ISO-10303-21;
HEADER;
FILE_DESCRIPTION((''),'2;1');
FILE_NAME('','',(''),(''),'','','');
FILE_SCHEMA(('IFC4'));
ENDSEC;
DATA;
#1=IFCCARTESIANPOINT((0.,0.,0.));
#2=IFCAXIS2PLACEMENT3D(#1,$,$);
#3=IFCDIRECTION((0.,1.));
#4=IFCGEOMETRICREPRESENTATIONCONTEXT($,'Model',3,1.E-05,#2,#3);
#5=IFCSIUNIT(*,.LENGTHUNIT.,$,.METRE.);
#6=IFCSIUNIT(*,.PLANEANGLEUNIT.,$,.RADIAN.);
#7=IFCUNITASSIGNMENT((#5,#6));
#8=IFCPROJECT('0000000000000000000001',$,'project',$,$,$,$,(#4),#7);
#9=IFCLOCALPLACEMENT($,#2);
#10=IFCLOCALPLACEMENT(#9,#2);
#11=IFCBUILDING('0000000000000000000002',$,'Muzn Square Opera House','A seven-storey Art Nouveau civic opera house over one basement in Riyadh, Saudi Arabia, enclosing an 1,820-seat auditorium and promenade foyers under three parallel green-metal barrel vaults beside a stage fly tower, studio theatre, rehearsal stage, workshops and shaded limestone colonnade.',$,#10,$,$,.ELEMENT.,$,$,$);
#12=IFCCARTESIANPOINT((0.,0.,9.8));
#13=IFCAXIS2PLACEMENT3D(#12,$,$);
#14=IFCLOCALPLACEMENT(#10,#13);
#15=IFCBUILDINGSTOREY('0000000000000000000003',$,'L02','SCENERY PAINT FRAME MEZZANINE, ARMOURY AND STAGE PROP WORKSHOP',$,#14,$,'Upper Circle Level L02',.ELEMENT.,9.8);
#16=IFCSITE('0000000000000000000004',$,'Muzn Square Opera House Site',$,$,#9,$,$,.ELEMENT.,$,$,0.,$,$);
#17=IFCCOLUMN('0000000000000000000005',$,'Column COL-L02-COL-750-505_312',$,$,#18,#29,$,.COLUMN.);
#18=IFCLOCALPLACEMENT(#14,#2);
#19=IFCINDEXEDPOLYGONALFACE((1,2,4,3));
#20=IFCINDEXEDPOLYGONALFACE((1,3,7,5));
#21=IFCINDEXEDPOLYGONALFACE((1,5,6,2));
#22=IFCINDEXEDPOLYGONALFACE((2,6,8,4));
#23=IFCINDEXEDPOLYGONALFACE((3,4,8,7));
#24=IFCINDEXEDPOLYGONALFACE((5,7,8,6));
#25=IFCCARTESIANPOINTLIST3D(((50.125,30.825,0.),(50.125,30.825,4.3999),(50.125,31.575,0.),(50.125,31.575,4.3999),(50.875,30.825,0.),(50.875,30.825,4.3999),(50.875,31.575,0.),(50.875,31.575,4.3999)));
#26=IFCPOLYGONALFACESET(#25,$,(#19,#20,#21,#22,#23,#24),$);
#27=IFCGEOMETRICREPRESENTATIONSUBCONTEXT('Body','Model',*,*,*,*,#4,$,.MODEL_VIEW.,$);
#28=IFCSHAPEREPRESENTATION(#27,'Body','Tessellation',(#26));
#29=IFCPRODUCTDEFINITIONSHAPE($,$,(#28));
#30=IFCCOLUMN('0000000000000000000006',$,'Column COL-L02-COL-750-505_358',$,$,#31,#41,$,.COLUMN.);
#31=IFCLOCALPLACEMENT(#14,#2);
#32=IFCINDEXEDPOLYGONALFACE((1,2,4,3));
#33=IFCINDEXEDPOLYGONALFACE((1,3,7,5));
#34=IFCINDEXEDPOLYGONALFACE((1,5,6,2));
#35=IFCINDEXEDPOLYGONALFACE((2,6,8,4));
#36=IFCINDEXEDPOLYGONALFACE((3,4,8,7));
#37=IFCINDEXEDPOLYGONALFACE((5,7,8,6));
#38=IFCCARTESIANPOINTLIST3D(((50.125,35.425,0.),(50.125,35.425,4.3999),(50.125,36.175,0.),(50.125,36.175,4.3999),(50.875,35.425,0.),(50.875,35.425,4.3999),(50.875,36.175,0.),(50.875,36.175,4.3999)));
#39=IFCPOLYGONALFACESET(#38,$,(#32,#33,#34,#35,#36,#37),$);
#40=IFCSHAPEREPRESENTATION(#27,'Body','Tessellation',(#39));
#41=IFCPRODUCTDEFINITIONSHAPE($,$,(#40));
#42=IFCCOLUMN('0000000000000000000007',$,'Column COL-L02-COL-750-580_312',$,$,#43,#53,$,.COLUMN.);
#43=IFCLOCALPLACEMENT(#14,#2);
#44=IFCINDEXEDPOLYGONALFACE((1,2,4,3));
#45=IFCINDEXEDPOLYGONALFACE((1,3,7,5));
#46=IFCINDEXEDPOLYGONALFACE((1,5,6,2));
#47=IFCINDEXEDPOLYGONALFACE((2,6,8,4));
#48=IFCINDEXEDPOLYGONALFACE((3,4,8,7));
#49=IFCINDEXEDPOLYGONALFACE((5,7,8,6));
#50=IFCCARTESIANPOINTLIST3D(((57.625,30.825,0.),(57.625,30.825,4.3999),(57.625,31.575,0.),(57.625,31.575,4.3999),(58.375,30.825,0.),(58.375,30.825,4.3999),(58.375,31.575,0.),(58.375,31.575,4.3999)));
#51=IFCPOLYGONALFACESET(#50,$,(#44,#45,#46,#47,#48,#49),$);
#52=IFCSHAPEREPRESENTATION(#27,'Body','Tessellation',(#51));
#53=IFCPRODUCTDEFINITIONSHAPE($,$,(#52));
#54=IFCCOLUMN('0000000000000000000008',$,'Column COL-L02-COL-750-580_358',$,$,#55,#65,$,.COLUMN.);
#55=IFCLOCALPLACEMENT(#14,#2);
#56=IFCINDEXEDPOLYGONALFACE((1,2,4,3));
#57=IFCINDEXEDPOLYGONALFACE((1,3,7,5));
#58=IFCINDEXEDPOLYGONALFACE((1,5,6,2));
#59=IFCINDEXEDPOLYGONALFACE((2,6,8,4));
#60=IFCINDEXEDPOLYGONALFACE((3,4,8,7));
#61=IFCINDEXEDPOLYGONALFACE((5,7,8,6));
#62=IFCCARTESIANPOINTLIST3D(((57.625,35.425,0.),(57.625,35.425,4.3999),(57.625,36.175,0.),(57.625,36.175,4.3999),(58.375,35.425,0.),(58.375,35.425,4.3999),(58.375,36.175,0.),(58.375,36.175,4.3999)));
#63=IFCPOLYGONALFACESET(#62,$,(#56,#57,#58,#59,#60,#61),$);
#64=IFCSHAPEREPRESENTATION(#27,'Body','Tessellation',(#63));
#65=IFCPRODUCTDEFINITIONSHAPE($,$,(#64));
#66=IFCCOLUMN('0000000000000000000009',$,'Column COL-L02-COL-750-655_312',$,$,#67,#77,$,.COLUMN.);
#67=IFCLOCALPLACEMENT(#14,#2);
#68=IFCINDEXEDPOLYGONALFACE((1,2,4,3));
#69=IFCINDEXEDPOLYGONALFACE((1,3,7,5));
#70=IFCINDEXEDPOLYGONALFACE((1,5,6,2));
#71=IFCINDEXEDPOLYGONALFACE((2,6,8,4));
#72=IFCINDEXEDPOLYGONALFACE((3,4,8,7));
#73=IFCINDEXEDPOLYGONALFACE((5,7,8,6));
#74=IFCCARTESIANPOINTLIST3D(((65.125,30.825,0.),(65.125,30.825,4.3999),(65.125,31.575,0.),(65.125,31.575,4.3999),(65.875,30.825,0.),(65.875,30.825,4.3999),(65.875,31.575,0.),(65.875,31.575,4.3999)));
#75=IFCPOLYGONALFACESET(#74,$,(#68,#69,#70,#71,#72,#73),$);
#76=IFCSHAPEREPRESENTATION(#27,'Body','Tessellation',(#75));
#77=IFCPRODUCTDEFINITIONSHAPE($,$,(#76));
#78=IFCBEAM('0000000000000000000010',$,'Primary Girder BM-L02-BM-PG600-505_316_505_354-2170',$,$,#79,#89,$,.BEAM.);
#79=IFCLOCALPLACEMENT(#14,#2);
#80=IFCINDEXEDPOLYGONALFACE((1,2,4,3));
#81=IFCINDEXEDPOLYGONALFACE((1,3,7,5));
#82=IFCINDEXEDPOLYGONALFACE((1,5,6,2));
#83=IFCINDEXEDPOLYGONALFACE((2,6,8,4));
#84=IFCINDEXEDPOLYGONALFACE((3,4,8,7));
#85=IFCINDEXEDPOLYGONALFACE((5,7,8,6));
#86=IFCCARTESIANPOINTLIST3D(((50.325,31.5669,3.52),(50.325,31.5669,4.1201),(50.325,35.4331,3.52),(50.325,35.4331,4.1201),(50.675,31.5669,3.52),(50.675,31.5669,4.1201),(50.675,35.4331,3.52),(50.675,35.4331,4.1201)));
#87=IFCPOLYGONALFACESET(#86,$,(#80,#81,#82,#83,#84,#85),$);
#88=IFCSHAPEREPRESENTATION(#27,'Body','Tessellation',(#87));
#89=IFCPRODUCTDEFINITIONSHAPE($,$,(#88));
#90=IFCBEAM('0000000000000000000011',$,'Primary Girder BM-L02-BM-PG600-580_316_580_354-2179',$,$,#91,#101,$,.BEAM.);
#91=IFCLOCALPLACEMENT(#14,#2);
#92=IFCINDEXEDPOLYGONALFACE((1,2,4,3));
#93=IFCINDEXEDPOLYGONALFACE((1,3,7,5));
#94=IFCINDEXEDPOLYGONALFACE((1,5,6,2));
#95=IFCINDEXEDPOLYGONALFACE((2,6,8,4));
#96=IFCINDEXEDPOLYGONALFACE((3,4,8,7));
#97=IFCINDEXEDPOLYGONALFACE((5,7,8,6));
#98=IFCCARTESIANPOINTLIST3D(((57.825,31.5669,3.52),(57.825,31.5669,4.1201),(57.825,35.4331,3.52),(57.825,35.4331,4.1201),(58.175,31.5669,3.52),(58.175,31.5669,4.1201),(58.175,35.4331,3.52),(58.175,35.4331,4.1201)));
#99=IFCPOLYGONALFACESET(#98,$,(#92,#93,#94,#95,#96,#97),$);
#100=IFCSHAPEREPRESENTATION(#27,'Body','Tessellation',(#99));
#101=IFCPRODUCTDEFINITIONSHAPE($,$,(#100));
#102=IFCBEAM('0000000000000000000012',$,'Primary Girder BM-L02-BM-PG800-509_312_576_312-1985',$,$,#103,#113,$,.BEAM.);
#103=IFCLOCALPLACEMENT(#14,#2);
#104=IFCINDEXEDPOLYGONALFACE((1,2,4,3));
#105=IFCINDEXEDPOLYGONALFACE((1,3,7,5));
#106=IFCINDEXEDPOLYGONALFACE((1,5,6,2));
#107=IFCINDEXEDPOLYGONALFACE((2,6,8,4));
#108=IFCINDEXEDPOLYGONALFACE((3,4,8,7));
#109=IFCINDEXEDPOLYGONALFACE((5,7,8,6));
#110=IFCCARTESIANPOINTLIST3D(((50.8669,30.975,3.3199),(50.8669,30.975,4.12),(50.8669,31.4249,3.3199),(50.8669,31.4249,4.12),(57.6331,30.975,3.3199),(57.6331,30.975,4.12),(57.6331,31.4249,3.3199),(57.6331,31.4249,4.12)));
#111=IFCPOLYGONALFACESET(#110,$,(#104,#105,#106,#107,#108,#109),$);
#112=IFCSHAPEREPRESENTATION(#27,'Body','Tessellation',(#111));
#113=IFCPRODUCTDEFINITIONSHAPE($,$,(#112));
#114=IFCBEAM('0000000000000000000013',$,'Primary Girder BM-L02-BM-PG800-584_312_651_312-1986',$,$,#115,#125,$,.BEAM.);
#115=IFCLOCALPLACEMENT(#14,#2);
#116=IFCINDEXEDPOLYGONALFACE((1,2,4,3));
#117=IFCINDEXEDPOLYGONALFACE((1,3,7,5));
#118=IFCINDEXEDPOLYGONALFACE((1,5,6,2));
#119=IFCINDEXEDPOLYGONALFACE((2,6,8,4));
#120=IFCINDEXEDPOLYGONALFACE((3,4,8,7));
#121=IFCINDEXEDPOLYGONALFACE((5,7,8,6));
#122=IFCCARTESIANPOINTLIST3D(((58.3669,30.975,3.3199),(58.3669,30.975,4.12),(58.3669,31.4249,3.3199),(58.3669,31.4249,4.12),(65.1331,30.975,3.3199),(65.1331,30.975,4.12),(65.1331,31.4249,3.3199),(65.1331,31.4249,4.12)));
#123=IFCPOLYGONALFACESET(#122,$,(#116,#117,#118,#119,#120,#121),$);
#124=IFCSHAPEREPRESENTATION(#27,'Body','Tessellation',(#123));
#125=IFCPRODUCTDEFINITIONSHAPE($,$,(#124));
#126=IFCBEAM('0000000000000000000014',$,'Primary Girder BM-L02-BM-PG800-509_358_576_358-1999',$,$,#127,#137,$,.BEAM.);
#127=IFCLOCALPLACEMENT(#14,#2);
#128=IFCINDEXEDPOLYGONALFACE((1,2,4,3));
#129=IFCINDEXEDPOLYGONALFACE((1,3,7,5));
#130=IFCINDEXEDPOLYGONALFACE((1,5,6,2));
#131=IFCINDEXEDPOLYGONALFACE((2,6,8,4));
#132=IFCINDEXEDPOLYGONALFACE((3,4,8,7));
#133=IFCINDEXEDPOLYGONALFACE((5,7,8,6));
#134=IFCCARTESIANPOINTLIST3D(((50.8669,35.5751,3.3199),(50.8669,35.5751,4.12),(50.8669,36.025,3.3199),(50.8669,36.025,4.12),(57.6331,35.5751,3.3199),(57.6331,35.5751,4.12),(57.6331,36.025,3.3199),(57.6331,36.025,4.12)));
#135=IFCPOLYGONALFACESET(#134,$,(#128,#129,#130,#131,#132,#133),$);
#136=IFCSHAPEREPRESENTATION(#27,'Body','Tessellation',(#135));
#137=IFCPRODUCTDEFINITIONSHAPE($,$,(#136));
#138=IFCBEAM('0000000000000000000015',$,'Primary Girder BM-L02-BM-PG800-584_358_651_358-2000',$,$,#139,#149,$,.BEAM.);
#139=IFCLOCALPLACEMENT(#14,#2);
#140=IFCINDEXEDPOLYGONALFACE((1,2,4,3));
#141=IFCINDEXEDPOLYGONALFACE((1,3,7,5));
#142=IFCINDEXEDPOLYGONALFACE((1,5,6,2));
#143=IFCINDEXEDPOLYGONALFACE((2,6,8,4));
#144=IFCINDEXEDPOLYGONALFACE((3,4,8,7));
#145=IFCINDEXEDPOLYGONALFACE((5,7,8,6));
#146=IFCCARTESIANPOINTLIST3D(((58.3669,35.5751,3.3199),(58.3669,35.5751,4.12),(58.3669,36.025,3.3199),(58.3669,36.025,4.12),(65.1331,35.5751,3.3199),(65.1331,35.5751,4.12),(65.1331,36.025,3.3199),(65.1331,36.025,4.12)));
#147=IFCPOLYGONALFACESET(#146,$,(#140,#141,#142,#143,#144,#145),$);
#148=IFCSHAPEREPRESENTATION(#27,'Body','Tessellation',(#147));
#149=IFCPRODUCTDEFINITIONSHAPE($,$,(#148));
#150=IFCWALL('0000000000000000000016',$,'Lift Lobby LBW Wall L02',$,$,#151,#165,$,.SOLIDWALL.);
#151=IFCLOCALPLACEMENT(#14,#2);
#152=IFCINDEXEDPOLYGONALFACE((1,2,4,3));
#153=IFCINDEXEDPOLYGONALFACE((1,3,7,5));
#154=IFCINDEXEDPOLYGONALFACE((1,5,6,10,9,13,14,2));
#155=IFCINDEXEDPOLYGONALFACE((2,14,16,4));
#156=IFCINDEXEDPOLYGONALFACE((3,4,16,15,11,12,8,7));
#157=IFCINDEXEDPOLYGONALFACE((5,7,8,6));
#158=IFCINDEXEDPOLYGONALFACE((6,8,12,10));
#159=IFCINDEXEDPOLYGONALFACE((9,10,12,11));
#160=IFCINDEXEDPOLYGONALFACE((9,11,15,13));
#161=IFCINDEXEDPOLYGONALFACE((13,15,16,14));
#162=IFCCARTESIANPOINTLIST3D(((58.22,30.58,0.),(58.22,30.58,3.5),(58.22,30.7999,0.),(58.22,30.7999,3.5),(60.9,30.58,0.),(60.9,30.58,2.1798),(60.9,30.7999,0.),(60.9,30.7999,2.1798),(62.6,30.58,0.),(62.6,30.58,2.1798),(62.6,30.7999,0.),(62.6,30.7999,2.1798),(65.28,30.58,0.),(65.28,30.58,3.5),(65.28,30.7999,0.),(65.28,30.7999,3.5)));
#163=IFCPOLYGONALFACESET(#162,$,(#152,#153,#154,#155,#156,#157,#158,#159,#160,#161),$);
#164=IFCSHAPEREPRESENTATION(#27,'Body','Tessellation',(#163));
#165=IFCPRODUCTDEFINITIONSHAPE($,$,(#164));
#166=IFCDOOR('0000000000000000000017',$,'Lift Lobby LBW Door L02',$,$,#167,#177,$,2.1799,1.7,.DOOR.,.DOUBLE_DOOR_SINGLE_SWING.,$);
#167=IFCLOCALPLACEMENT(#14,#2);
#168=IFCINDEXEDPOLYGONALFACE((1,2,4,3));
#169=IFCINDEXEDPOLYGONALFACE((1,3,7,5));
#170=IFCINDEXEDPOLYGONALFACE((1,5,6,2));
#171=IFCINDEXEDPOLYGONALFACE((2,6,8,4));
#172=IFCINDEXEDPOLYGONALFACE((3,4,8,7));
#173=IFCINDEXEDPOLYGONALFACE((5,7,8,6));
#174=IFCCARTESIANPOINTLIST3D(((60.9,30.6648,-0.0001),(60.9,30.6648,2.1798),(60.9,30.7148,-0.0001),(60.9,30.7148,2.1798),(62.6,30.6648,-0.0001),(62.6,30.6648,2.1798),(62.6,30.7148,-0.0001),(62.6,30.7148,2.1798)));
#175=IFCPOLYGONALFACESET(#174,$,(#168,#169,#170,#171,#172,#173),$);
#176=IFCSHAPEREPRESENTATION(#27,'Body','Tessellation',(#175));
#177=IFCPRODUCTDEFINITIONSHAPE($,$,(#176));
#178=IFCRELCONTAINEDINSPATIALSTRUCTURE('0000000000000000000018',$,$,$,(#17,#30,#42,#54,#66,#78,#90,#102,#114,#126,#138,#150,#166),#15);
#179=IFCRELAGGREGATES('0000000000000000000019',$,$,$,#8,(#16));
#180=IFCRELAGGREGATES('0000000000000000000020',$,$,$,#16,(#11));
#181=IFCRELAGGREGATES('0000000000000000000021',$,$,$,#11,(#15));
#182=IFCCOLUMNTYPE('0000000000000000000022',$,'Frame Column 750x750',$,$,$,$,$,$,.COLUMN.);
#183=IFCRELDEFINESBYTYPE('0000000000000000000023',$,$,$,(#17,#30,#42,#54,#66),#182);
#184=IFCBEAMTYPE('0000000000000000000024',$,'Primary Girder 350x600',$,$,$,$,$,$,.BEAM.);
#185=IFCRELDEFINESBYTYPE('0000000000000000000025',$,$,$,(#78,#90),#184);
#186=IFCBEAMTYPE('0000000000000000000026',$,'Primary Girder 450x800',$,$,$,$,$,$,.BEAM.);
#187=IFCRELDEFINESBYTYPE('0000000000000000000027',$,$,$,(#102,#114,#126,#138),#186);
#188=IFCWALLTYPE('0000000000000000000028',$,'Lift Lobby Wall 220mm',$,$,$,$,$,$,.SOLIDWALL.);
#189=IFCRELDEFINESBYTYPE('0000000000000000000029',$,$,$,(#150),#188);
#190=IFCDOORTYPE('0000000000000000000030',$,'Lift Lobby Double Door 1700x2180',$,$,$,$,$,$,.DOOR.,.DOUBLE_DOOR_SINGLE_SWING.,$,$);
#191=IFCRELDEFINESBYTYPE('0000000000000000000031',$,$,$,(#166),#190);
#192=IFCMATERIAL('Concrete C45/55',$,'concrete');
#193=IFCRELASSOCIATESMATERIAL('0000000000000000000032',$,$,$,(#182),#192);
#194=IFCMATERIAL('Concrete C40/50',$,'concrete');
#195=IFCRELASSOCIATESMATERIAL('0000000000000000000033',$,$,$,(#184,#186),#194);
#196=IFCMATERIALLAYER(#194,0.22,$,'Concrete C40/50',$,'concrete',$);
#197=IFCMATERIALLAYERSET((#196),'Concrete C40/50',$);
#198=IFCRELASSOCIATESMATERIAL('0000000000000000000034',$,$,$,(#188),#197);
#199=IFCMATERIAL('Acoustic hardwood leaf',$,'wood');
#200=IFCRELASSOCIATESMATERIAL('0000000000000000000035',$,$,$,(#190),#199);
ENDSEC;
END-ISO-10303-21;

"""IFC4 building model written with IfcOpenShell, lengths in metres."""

from ifc_helpers import new_model, si_unit, direction, frame, frame_2d, origin, origin_2d, place, context, subcontext, project, spatial, rectangle, extrude, material, layer, layer_set, material_profile, profile_set, type_object, element, fill, save


model = new_model("IFC4")

# Units and contexts
model_context = context("Model", 3, precision=1e-05, world=origin(), true_north=direction((0.0, 1.0)))
body_context = subcontext(model_context, "Body", "Model", "MODEL_VIEW")
ifc_project = project(units=[si_unit("LENGTHUNIT", "METRE"), si_unit("PLANEANGLEUNIT", "RADIAN")], contexts=[model_context])

# Site, building, storey
site_placement = place(None, origin())
site = spatial("IfcSite", under=ifc_project, at=site_placement, Name="Muzn Square Opera House Site", CompositionType="ELEMENT", RefElevation=0.0)
building_placement = place(site_placement, origin())
building = spatial("IfcBuilding", under=site, at=building_placement, Name="Muzn Square Opera House", Description="A seven-storey Art Nouveau civic opera house over one basement in Riyadh, Saudi Arabia, enclosing an 1,820-seat auditorium and promenade foyers under three parallel green-metal barrel vaults beside a stage fly tower, studio theatre, rehearsal stage, workshops and shaded limestone colonnade.", CompositionType="ELEMENT")
storey_placement = place(building_placement, frame((0.0, 0.0, 9.8)))
storey = spatial("IfcBuildingStorey", under=building, at=storey_placement, Name="L02", Description="SCENERY PAINT FRAME MEZZANINE, ARMOURY AND STAGE PROP WORKSHOP", LongName="Upper Circle Level L02", CompositionType="ELEMENT", Elevation=9.8)

# Columns
ifc_material_1 = material(Name="Concrete C45/55", Category="concrete")
ifc_material_profile_1 = material_profile(ifc_material_1, rectangle(XDim=0.75, YDim=0.75, at=origin_2d()), Name="RC 750x750", Category="concrete")
ifc_profile_set_1 = profile_set([ifc_material_profile_1], Name="Concrete C45/55")
column_type = type_object("IfcColumnType", Name="Frame Column 750x750", PredefinedType="COLUMN", material=ifc_profile_set_1)
for number, where, z_axis, x_axis, name in (
    (1, (50.5, 31.2, 0.0), (0.0, 0.0, 1.0), (1.0, 0.0, 0.0), "Column COL-L02-COL-750-505_312"),
    (2, (50.5, 35.8, 0.0), (0.0, 0.0, 1.0), (1.0, 0.0, 0.0), "Column COL-L02-COL-750-505_358"),
    (3, (58.0, 31.2, 0.0), (0.0, 0.0, 1.0), (1.0, 0.0, 0.0), "Column COL-L02-COL-750-580_312"),
    (4, (58.0, 35.8, 0.0), (0.0, 0.0, 1.0), (1.0, 0.0, 0.0), "Column COL-L02-COL-750-580_358"),
    (5, (65.5, 31.2, 0.0), (0.0, 0.0, 1.0), (1.0, 0.0, 0.0), "Column COL-L02-COL-750-655_312"),
):
    element("IfcColumn", number, at=place(storey_placement, frame(where, z_axis=z_axis, x_axis=x_axis)), inside=storey, type_object=column_type, Name=name, PredefinedType="COLUMN", context=body_context, shape_type="SweptSolid", body=[
        extrude(rectangle(XDim=0.75, YDim=0.75, at=origin_2d()), origin(), (0.0, 0.0, 1.0), 4.3999),
    ])

# Beams
ifc_material_2 = material(Name="Concrete C40/50", Category="concrete")
ifc_material_profile_2 = material_profile(ifc_material_2, rectangle(XDim=0.3501, YDim=0.6001, at=origin_2d()), Name="RCB 350x600", Category="concrete")
ifc_profile_set_2 = profile_set([ifc_material_profile_2], Name="Concrete C40/50")
beam_type_1 = type_object("IfcBeamType", Name="Primary Girder 350x600", PredefinedType="BEAM", material=ifc_profile_set_2)
for number, where, z_axis, x_axis, name in (
    (6, (50.5, 31.5669, 3.8201), (0.0, 1.0, 0.0), (-1.0, 0.0, 0.0), "Primary Girder BM-L02-BM-PG600-505_316_505_354-2170"),
    (7, (58.0, 31.5669, 3.8201), (0.0, 1.0, 0.0), (-1.0, 0.0, 0.0), "Primary Girder BM-L02-BM-PG600-580_316_580_354-2179"),
):
    element("IfcBeam", number, at=place(storey_placement, frame(where, z_axis=z_axis, x_axis=x_axis)), inside=storey, type_object=beam_type_1, Name=name, PredefinedType="BEAM", context=body_context, shape_type="SweptSolid", body=[
        extrude(rectangle(XDim=0.3501, YDim=0.6001, at=origin_2d()), origin(), (0.0, 0.0, 1.0), 3.8662),
    ])
ifc_material_profile_3 = material_profile(ifc_material_2, rectangle(XDim=0.45, YDim=0.8, at=origin_2d()), Name="RCB 450x800", Category="concrete")
ifc_profile_set_3 = profile_set([ifc_material_profile_3], Name="Concrete C40/50")
beam_type_2 = type_object("IfcBeamType", Name="Primary Girder 450x800", PredefinedType="BEAM", material=ifc_profile_set_3)
for number, where, z_axis, x_axis, name in (
    (8, (50.8669, 31.2, 3.72), (1.0, 0.0, 0.0), (0.0, 1.0, 0.0), "Primary Girder BM-L02-BM-PG800-509_312_576_312-1985"),
    (9, (58.3669, 31.2, 3.72), (1.0, 0.0, 0.0), (0.0, 1.0, 0.0), "Primary Girder BM-L02-BM-PG800-584_312_651_312-1986"),
    (10, (50.8669, 35.8, 3.72), (1.0, 0.0, 0.0), (0.0, 1.0, 0.0), "Primary Girder BM-L02-BM-PG800-509_358_576_358-1999"),
    (11, (58.3669, 35.8, 3.72), (1.0, 0.0, 0.0), (0.0, 1.0, 0.0), "Primary Girder BM-L02-BM-PG800-584_358_651_358-2000"),
):
    element("IfcBeam", number, at=place(storey_placement, frame(where, z_axis=z_axis, x_axis=x_axis)), inside=storey, type_object=beam_type_2, Name=name, PredefinedType="BEAM", context=body_context, shape_type="SweptSolid", body=[
        extrude(rectangle(XDim=0.45, YDim=0.8, at=origin_2d()), origin(), (0.0, 0.0, 1.0), 6.7661),
    ])

# Wall, opening, door
ifc_layer_1 = layer(ifc_material_2, 0.22, Name="Concrete C40/50", Category="concrete")
ifc_layer_set_1 = layer_set([ifc_layer_1], Name="Concrete C40/50")
wall_type_1 = type_object("IfcWallType", Name="Lift Lobby Wall 220mm", PredefinedType="SOLIDWALL", material=ifc_layer_set_1)
wall_1_placement = place(storey_placement, frame((58.22, 30.6899, 0.0), z_axis=(0.0, 0.0, 1.0), x_axis=(1.0, 0.0, 0.0)))
wall_1 = element("IfcWall", 12, at=wall_1_placement, inside=storey, type_object=wall_type_1, Name="Lift Lobby LBW Wall L02", PredefinedType="SOLIDWALL", context=body_context, shape_type="SweptSolid", body=[
    extrude(rectangle(XDim=7.0601, YDim=0.22, at=frame_2d((3.53, 0.0))), origin(), (0.0, 0.0, 1.0), 3.5),
])
opening_1_placement = place(wall_1_placement, frame((2.6799, 0.0, 0.0)))
opening_1 = element("IfcOpeningElement", 13, at=opening_1_placement, cuts=wall_1, PredefinedType="OPENING", context=body_context, shape_type="SweptSolid", body=[
    extrude(rectangle(XDim=1.7, YDim=2.1799, at=frame_2d((0.8501, 1.0898))), frame((0.0, 0.1199, 0.0), z_axis=(0.0, -1.0, 0.0), x_axis=(1.0, 0.0, 0.0)), (0.0, 0.0, 1.0), 0.24),
])
ifc_material_3 = material(Name="Acoustic hardwood leaf", Category="wood")
door_type_1 = type_object("IfcDoorType", Name="Lift Lobby Double Door 1700x2180", OperationType="DOUBLE_DOOR_SINGLE_SWING", PredefinedType="DOOR", material=ifc_material_3)
door_1_placement = place(opening_1_placement, origin())
door_1 = element("IfcDoor", 14, at=door_1_placement, inside=storey, type_object=door_type_1, Name="Lift Lobby LBW Door L02", OperationType="DOUBLE_DOOR_SINGLE_SWING", OverallHeight=2.1799, OverallWidth=1.7, PredefinedType="DOOR", context=body_context, shape_type="SweptSolid", body=[
    extrude(rectangle(XDim=1.7, YDim=2.1799, at=frame_2d((0.8501, 1.0898))), frame((0.0, 0.0249, 0.0), z_axis=(0.0, -1.0, 0.0), x_axis=(1.0, 0.0, 0.0)), (0.0, 0.0, 1.0), 0.05),
])
fill(opening_1, door_1)

save(model, "model.ifc")
